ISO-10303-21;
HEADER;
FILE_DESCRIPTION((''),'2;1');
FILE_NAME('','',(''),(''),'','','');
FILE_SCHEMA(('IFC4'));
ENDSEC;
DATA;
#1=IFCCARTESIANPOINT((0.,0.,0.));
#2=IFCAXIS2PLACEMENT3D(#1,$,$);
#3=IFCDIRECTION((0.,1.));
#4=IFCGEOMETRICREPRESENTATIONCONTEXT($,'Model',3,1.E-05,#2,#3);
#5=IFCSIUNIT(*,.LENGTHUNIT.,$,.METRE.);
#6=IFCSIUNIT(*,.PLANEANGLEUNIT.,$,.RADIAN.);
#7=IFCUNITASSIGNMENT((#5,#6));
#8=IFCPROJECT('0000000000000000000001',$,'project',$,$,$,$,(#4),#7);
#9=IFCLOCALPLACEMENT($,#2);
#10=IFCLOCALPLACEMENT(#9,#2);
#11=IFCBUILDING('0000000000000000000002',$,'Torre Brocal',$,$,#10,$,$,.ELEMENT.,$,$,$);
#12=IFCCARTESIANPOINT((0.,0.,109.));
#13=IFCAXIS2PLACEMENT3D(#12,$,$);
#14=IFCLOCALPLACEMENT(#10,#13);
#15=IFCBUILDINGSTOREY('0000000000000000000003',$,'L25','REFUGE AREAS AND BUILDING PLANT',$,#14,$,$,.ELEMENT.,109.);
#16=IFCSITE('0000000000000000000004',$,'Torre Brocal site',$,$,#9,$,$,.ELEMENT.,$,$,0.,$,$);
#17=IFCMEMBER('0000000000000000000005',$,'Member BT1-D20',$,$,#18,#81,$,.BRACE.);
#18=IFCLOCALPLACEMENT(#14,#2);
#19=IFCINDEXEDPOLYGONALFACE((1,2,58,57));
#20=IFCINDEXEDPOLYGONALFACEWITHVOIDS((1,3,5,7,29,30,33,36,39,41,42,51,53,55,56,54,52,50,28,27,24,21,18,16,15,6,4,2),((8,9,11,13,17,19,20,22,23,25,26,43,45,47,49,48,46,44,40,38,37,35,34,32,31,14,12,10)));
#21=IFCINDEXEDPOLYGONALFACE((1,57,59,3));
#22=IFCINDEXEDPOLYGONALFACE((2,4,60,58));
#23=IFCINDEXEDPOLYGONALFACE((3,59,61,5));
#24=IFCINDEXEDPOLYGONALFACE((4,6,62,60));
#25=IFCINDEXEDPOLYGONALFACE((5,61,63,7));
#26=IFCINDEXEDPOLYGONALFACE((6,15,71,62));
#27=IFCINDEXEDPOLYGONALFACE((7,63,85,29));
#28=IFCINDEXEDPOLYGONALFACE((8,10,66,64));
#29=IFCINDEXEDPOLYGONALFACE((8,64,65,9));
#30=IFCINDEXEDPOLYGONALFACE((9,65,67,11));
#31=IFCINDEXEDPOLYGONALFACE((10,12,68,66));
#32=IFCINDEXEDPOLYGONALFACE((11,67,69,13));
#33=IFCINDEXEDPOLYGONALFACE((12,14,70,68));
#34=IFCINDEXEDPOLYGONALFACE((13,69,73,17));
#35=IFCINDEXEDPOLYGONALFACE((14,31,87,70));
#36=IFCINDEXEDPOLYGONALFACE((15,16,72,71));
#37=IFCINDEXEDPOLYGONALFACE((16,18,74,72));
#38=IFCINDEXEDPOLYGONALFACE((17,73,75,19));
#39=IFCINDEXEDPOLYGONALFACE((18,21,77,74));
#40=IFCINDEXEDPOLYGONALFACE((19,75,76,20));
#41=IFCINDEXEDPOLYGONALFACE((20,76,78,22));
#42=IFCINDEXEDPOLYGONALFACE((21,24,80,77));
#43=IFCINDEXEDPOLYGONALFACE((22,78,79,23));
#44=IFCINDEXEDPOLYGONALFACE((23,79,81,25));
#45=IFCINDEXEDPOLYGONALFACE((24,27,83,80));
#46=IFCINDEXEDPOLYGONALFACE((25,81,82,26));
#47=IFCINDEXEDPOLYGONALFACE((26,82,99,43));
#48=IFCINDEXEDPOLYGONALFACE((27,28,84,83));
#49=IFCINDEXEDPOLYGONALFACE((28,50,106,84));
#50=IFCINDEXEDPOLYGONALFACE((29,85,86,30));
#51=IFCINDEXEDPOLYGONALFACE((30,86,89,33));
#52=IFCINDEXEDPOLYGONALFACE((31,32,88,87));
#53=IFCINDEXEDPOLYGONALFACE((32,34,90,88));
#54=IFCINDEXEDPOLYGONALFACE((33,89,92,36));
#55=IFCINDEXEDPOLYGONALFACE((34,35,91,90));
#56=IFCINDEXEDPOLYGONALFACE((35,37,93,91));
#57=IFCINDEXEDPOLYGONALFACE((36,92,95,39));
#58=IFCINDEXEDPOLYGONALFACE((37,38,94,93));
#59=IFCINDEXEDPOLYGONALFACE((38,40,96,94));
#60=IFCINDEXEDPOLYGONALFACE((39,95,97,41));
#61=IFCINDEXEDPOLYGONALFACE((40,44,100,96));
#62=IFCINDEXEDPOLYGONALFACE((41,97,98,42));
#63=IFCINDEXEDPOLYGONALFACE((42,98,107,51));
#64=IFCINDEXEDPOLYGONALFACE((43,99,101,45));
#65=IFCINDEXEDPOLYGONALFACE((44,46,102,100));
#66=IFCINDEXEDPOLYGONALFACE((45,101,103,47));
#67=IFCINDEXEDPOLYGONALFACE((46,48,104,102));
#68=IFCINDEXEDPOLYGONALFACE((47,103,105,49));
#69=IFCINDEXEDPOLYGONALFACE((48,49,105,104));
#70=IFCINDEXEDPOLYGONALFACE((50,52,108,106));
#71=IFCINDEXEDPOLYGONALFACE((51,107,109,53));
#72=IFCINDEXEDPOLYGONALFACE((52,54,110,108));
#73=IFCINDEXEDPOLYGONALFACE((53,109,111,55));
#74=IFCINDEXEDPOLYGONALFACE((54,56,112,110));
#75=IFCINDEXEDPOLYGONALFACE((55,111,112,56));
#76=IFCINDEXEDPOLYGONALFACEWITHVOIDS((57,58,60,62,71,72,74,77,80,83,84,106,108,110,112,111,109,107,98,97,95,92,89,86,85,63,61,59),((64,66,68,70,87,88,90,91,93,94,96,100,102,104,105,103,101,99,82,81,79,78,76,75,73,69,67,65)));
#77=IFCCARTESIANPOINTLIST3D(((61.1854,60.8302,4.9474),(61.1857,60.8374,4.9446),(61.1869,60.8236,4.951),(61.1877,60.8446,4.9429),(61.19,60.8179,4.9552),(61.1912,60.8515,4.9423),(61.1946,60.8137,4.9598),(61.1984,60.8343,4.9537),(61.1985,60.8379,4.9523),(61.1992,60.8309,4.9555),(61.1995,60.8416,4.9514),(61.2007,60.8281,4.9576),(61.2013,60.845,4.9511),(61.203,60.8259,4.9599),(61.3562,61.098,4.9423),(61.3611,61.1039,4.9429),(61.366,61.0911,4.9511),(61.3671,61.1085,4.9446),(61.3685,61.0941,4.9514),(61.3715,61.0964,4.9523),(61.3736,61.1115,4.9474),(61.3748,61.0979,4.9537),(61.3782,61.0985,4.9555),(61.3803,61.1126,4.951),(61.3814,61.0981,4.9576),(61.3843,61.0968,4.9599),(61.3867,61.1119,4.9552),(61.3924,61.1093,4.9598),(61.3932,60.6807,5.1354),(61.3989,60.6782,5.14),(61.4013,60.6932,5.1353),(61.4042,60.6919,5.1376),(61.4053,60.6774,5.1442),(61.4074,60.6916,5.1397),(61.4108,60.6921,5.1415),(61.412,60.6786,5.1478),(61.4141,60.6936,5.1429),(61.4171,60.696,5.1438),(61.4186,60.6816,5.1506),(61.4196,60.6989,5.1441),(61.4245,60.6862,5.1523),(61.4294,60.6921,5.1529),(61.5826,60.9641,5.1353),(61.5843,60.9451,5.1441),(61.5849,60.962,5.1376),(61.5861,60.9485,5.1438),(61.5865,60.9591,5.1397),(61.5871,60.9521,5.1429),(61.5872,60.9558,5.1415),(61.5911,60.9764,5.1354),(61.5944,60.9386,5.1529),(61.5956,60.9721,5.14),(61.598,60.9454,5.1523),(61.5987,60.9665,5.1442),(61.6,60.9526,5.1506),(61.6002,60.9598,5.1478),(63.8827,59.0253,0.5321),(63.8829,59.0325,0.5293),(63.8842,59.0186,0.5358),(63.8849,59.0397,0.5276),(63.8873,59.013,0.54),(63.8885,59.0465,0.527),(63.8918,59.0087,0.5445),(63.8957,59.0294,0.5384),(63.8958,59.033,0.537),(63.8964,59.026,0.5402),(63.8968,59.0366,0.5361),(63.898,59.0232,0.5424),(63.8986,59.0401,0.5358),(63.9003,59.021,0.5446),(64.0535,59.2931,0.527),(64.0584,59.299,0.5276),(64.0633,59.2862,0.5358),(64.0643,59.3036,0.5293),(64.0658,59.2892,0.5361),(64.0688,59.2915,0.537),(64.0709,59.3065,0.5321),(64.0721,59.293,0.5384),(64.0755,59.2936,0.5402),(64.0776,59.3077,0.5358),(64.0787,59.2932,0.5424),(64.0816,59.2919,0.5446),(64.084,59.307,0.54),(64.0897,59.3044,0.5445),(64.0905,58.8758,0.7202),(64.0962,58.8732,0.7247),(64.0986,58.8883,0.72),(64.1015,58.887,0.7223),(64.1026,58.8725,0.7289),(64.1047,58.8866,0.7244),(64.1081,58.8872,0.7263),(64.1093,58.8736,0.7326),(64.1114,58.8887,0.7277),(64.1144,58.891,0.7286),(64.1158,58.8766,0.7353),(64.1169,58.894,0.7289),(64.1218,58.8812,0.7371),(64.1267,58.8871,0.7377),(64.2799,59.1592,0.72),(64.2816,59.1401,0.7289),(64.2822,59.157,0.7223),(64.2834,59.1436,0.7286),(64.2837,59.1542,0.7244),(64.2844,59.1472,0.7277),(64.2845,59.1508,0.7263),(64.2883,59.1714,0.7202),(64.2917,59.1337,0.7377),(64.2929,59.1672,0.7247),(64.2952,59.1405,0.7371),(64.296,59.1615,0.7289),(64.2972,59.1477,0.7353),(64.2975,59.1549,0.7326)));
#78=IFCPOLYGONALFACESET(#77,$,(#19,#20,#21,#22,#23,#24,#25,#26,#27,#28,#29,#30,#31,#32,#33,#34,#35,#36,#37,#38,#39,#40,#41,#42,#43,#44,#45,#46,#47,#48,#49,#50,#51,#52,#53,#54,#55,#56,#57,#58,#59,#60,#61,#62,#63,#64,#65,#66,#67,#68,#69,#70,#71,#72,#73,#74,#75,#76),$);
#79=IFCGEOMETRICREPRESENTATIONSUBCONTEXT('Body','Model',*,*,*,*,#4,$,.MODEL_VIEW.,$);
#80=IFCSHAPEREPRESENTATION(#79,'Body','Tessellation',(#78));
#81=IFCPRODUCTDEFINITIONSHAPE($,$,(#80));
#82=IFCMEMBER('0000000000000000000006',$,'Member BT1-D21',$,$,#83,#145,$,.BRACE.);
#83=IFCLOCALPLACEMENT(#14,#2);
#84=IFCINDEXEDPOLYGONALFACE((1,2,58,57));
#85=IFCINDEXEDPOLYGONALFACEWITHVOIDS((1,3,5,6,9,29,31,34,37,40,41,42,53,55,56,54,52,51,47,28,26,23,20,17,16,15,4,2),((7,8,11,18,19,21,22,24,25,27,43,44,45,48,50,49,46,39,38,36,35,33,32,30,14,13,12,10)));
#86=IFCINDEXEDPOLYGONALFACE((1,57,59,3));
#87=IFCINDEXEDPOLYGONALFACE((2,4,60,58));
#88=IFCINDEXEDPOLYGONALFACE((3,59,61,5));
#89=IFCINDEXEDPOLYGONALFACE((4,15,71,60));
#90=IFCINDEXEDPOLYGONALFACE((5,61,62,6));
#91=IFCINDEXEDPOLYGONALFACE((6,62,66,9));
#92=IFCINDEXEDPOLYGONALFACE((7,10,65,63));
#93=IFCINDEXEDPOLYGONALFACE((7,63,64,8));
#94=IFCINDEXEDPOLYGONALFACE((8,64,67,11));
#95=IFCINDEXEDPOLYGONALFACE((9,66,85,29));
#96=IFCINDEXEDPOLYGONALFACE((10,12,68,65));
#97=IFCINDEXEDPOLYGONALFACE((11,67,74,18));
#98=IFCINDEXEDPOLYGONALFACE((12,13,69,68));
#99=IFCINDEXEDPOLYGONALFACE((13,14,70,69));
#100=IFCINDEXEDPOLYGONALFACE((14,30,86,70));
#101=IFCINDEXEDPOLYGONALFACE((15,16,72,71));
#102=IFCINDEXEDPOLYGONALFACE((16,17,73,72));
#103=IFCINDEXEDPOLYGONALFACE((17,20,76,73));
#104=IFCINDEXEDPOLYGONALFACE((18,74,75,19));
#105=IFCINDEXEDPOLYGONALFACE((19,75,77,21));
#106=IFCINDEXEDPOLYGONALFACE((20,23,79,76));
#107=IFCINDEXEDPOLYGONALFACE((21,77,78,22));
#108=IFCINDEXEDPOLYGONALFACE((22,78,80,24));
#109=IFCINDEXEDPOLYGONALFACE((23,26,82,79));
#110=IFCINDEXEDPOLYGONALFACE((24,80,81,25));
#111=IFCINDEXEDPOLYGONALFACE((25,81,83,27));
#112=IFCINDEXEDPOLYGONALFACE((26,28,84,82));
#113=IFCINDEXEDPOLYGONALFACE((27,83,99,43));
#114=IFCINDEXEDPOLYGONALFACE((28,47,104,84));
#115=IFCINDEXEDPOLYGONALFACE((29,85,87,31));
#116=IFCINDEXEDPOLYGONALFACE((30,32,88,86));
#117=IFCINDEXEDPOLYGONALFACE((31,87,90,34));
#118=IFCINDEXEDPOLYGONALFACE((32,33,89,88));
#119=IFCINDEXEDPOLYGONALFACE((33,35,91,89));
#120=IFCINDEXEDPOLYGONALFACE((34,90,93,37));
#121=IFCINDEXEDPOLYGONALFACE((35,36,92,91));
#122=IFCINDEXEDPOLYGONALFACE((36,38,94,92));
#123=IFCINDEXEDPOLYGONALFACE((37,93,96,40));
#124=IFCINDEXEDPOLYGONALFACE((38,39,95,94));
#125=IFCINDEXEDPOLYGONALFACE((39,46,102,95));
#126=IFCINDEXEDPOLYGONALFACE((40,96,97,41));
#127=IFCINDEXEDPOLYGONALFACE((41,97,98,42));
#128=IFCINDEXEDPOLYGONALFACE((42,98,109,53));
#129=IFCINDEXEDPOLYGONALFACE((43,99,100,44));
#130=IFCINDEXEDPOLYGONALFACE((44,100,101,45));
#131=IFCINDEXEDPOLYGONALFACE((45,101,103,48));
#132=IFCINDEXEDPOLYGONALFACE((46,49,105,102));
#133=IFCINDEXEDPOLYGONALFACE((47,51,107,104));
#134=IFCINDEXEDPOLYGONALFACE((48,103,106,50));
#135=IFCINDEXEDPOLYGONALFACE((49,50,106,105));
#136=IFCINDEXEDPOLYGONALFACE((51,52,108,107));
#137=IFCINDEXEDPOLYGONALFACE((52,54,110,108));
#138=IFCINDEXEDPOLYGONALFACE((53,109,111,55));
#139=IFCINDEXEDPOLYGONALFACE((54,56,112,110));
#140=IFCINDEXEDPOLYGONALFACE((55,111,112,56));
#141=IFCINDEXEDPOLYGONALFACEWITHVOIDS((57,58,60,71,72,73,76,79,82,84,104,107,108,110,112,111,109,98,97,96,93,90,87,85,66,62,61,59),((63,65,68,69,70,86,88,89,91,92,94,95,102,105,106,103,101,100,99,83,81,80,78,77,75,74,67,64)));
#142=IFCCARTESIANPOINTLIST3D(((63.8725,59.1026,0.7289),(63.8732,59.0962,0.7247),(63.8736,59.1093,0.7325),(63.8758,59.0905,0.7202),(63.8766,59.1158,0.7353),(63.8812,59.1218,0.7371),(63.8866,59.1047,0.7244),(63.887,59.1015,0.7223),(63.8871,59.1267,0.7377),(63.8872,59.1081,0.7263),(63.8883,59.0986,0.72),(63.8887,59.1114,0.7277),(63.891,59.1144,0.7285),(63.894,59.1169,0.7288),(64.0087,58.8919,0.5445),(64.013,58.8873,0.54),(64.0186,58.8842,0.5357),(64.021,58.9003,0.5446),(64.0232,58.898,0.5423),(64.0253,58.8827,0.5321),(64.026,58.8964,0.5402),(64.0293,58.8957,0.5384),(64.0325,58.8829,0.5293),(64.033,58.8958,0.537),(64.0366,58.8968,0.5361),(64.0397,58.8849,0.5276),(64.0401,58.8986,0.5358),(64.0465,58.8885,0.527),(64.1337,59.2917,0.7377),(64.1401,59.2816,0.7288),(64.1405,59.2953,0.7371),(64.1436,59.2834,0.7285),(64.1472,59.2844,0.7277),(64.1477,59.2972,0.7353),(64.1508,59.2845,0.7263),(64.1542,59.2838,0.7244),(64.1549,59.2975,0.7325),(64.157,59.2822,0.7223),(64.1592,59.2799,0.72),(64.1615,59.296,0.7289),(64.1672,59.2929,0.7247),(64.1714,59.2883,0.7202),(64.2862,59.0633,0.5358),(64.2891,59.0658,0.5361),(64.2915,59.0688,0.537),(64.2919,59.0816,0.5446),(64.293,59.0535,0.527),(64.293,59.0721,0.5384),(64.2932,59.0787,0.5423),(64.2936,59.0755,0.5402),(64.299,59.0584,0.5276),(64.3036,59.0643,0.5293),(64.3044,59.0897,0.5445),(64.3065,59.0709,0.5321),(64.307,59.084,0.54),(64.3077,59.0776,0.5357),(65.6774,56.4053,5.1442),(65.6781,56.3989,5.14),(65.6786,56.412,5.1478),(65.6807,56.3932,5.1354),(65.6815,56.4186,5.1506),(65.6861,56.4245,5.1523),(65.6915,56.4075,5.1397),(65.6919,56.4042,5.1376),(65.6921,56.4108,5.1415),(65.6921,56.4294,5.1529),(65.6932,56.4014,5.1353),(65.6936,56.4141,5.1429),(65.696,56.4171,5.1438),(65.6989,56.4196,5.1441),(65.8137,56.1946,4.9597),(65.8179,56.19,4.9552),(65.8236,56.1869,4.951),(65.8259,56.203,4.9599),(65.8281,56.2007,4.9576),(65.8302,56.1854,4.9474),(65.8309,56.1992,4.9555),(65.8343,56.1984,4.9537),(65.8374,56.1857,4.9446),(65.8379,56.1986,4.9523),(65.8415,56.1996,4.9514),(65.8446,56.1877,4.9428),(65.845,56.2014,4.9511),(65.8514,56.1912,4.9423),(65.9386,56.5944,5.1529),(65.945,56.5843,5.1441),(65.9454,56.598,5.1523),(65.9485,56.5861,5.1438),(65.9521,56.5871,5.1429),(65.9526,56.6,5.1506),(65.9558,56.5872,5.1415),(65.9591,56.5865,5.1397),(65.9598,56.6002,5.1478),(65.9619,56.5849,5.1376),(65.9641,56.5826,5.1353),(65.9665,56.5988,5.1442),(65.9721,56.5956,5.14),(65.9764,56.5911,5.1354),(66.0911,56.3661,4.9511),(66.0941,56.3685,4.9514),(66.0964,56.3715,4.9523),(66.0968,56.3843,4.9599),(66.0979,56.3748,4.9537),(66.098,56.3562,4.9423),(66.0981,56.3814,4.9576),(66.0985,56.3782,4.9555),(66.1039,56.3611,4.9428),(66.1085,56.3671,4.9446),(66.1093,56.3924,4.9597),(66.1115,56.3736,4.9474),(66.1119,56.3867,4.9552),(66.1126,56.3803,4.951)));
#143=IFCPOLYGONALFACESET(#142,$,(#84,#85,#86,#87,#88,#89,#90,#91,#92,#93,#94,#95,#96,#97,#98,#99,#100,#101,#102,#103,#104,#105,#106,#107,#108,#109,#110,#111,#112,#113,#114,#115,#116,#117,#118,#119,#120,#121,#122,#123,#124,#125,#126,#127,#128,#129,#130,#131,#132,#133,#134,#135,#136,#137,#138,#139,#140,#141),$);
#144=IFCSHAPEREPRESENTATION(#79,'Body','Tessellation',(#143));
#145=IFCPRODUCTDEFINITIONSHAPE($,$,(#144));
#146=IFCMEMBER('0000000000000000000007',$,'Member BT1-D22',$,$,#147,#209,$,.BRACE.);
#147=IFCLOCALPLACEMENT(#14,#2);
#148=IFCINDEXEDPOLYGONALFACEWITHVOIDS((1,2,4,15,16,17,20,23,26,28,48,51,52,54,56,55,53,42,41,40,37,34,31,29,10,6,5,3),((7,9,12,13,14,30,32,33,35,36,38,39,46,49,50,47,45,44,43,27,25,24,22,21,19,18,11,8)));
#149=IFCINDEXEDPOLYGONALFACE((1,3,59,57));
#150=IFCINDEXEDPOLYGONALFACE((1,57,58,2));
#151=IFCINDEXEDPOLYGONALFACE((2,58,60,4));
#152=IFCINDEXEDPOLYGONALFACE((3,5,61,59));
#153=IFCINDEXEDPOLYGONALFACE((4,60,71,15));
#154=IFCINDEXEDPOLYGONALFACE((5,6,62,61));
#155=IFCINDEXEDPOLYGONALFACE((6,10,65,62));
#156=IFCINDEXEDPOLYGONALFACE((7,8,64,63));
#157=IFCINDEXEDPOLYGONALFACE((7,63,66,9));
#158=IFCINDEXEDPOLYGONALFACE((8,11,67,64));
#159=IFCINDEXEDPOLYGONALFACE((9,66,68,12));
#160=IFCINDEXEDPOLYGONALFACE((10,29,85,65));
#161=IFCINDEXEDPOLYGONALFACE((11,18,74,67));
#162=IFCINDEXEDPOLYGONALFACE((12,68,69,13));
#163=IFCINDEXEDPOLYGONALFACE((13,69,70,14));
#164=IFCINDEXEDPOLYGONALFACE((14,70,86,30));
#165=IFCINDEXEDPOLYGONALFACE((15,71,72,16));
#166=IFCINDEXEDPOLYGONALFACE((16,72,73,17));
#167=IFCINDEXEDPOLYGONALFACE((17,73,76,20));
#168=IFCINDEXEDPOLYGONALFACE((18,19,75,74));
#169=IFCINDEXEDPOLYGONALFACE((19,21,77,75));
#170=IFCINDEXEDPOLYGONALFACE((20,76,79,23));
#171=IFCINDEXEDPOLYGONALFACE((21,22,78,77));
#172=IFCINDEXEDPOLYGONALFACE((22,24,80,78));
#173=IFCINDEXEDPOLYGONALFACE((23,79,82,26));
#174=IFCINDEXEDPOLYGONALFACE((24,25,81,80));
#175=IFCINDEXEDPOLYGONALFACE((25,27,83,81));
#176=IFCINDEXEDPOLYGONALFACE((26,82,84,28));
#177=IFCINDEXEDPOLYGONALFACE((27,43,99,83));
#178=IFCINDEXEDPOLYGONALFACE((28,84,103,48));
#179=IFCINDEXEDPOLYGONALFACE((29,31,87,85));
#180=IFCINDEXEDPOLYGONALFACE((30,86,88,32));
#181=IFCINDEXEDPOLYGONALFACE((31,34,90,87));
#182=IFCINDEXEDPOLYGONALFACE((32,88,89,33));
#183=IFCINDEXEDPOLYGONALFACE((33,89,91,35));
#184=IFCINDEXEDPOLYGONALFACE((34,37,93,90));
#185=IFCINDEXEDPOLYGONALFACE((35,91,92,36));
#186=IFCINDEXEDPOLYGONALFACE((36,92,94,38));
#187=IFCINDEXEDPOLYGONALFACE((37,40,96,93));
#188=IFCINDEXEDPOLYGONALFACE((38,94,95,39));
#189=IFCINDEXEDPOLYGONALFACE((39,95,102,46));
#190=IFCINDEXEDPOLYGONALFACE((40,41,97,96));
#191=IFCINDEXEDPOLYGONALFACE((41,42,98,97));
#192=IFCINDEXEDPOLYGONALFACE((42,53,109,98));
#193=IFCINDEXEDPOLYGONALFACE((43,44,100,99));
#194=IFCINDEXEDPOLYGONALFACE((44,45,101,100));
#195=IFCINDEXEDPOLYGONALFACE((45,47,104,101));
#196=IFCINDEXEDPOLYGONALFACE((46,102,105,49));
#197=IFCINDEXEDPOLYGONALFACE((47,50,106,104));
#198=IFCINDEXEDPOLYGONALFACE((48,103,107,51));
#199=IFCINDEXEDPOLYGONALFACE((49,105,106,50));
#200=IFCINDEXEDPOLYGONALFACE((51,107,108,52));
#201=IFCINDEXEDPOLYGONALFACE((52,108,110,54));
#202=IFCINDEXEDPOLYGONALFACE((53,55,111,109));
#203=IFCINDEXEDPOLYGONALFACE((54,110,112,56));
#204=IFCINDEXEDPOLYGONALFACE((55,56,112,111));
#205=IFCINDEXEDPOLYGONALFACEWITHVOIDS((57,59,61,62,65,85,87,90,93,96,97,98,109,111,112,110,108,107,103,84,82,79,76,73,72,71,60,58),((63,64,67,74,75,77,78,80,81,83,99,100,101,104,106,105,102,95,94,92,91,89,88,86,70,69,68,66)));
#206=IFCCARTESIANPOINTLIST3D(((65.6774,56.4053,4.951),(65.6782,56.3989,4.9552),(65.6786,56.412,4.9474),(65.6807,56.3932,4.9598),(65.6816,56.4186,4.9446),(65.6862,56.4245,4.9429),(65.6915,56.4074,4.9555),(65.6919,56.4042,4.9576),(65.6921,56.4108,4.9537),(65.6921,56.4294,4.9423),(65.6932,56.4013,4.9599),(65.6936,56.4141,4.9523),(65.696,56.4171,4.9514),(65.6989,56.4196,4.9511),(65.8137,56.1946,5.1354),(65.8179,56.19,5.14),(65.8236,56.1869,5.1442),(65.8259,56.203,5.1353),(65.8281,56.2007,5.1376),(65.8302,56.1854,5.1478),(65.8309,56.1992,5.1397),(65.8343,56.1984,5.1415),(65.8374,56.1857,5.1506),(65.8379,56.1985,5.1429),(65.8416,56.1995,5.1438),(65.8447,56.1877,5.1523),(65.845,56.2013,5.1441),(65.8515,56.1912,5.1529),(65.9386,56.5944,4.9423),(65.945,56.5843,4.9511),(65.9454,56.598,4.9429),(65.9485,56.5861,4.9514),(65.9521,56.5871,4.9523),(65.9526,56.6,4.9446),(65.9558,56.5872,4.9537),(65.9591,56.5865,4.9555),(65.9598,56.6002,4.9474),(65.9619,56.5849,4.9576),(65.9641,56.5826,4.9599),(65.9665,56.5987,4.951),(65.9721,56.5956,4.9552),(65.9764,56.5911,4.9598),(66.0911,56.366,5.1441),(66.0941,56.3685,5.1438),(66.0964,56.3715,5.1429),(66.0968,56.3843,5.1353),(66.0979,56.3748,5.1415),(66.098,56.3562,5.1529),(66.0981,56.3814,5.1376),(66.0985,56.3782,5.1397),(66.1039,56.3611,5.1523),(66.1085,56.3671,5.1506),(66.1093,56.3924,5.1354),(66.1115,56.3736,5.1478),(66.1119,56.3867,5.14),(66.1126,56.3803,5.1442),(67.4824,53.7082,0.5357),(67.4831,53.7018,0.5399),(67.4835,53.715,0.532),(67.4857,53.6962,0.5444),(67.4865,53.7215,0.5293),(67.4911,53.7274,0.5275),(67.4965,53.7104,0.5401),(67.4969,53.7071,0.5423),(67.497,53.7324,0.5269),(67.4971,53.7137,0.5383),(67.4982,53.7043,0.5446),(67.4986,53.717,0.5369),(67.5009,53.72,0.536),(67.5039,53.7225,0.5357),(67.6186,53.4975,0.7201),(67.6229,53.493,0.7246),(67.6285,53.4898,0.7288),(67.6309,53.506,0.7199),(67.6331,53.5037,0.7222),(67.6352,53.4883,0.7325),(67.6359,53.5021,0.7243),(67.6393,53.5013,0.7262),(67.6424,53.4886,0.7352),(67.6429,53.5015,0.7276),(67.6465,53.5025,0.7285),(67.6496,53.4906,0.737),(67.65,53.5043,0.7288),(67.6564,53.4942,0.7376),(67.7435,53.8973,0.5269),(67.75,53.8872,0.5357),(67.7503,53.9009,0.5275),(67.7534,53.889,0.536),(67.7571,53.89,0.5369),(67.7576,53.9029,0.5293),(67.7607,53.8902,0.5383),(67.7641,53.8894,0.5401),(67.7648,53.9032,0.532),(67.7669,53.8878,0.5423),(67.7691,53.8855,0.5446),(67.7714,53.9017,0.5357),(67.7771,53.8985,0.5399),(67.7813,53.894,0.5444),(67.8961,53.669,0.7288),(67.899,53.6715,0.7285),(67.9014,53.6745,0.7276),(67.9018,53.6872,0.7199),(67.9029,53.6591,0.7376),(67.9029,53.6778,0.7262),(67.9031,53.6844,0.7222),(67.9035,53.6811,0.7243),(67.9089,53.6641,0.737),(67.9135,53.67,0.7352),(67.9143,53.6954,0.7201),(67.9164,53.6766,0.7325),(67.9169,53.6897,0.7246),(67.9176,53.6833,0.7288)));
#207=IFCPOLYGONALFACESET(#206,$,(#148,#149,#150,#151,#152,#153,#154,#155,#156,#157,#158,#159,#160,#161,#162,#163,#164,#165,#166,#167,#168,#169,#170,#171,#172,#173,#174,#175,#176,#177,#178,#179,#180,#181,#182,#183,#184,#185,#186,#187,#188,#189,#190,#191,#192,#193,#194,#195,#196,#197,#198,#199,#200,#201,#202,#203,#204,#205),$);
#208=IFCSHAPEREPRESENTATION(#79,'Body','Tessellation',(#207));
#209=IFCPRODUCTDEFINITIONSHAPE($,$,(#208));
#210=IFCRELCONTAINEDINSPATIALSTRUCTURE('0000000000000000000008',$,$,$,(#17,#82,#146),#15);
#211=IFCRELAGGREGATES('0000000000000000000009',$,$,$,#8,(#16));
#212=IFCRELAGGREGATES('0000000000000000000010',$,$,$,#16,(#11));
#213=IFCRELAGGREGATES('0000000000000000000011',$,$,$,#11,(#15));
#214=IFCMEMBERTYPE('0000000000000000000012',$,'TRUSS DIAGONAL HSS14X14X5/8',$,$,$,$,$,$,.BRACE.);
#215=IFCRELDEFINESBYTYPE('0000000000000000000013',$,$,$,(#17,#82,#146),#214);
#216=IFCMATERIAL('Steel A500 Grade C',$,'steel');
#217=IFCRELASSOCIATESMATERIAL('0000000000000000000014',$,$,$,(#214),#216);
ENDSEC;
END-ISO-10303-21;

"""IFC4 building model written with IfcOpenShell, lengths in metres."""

from ifc_helpers import new_model, si_unit, direction, frame, origin, origin_2d, place, context, subcontext, project, spatial, hollow_rectangle, extrude, material, material_profile, profile_set, type_object, element, save


model = new_model("IFC4")

# Units and contexts
model_context = context("Model", 3, precision=1e-05, world=origin(), true_north=direction((0.0, 1.0)))
body_context = subcontext(model_context, "Body", "Model", "MODEL_VIEW")
ifc_project = project(units=[si_unit("LENGTHUNIT", "METRE"), si_unit("PLANEANGLEUNIT", "RADIAN")], contexts=[model_context])

# Site, building, storey
site_placement = place(None, origin())
site = spatial("IfcSite", under=ifc_project, at=site_placement, Name="Torre Brocal site", CompositionType="ELEMENT", RefElevation=0.0)
building_placement = place(site_placement, origin())
building = spatial("IfcBuilding", under=site, at=building_placement, Name="Torre Brocal", CompositionType="ELEMENT")
storey_placement = place(building_placement, frame((0.0, 0.0, 109.0)))
storey = spatial("IfcBuildingStorey", under=building, at=storey_placement, Name="L25", Description="REFUGE AREAS AND BUILDING PLANT", CompositionType="ELEMENT", Elevation=109.0)

# Members
ifc_material_1 = material(Name="Steel A500 Grade C", Category="steel")
ifc_material_profile_1 = material_profile(ifc_material_1, hollow_rectangle(XDim=0.3557, YDim=0.3557, WallThickness=0.0149, InnerFilletRadius=0.0149, OuterFilletRadius=0.0295, at=origin_2d()), Name="HSS14X14X5/8")
ifc_profile_set_1 = profile_set([ifc_material_profile_1], Name="Steel A500 Grade C")
member_type_1 = type_object("IfcMemberType", Name="TRUSS DIAGONAL HSS14X14X5/8", PredefinedType="BRACE", material=ifc_profile_set_1)
for number, where, z_axis, x_axis, name in (
    (1, (61.3928, 60.895, 5.0476), (0.492224, -0.329382, -0.805744), (0.55614, 0.831088, 0.0), "Member BT1-D20"),
    (2, (64.0901, 59.0901, 0.6323), (0.329382, -0.492224, 0.805744), (0.831088, 0.55614, 0.0), "Member BT1-D21"),
    (3, (65.895, 56.3928, 5.0476), (0.329389, -0.49219, -0.805762), (0.831065, 0.556175, 0.0), "Member BT1-D22"),
):
    element("IfcMember", number, at=place(storey_placement, frame(where, z_axis=z_axis, x_axis=x_axis)), inside=storey, type_object=member_type_1, Name=name, PredefinedType="BRACE", context=body_context, shape_type="SweptSolid", body=[
        extrude(hollow_rectangle(XDim=0.3557, YDim=0.3557, WallThickness=0.0149, InnerFilletRadius=0.0149, OuterFilletRadius=0.0295, at=origin_2d()), origin(), (0.0, 0.0, 1.0), 5.4797),
    ])

save(model, "model.ifc")
